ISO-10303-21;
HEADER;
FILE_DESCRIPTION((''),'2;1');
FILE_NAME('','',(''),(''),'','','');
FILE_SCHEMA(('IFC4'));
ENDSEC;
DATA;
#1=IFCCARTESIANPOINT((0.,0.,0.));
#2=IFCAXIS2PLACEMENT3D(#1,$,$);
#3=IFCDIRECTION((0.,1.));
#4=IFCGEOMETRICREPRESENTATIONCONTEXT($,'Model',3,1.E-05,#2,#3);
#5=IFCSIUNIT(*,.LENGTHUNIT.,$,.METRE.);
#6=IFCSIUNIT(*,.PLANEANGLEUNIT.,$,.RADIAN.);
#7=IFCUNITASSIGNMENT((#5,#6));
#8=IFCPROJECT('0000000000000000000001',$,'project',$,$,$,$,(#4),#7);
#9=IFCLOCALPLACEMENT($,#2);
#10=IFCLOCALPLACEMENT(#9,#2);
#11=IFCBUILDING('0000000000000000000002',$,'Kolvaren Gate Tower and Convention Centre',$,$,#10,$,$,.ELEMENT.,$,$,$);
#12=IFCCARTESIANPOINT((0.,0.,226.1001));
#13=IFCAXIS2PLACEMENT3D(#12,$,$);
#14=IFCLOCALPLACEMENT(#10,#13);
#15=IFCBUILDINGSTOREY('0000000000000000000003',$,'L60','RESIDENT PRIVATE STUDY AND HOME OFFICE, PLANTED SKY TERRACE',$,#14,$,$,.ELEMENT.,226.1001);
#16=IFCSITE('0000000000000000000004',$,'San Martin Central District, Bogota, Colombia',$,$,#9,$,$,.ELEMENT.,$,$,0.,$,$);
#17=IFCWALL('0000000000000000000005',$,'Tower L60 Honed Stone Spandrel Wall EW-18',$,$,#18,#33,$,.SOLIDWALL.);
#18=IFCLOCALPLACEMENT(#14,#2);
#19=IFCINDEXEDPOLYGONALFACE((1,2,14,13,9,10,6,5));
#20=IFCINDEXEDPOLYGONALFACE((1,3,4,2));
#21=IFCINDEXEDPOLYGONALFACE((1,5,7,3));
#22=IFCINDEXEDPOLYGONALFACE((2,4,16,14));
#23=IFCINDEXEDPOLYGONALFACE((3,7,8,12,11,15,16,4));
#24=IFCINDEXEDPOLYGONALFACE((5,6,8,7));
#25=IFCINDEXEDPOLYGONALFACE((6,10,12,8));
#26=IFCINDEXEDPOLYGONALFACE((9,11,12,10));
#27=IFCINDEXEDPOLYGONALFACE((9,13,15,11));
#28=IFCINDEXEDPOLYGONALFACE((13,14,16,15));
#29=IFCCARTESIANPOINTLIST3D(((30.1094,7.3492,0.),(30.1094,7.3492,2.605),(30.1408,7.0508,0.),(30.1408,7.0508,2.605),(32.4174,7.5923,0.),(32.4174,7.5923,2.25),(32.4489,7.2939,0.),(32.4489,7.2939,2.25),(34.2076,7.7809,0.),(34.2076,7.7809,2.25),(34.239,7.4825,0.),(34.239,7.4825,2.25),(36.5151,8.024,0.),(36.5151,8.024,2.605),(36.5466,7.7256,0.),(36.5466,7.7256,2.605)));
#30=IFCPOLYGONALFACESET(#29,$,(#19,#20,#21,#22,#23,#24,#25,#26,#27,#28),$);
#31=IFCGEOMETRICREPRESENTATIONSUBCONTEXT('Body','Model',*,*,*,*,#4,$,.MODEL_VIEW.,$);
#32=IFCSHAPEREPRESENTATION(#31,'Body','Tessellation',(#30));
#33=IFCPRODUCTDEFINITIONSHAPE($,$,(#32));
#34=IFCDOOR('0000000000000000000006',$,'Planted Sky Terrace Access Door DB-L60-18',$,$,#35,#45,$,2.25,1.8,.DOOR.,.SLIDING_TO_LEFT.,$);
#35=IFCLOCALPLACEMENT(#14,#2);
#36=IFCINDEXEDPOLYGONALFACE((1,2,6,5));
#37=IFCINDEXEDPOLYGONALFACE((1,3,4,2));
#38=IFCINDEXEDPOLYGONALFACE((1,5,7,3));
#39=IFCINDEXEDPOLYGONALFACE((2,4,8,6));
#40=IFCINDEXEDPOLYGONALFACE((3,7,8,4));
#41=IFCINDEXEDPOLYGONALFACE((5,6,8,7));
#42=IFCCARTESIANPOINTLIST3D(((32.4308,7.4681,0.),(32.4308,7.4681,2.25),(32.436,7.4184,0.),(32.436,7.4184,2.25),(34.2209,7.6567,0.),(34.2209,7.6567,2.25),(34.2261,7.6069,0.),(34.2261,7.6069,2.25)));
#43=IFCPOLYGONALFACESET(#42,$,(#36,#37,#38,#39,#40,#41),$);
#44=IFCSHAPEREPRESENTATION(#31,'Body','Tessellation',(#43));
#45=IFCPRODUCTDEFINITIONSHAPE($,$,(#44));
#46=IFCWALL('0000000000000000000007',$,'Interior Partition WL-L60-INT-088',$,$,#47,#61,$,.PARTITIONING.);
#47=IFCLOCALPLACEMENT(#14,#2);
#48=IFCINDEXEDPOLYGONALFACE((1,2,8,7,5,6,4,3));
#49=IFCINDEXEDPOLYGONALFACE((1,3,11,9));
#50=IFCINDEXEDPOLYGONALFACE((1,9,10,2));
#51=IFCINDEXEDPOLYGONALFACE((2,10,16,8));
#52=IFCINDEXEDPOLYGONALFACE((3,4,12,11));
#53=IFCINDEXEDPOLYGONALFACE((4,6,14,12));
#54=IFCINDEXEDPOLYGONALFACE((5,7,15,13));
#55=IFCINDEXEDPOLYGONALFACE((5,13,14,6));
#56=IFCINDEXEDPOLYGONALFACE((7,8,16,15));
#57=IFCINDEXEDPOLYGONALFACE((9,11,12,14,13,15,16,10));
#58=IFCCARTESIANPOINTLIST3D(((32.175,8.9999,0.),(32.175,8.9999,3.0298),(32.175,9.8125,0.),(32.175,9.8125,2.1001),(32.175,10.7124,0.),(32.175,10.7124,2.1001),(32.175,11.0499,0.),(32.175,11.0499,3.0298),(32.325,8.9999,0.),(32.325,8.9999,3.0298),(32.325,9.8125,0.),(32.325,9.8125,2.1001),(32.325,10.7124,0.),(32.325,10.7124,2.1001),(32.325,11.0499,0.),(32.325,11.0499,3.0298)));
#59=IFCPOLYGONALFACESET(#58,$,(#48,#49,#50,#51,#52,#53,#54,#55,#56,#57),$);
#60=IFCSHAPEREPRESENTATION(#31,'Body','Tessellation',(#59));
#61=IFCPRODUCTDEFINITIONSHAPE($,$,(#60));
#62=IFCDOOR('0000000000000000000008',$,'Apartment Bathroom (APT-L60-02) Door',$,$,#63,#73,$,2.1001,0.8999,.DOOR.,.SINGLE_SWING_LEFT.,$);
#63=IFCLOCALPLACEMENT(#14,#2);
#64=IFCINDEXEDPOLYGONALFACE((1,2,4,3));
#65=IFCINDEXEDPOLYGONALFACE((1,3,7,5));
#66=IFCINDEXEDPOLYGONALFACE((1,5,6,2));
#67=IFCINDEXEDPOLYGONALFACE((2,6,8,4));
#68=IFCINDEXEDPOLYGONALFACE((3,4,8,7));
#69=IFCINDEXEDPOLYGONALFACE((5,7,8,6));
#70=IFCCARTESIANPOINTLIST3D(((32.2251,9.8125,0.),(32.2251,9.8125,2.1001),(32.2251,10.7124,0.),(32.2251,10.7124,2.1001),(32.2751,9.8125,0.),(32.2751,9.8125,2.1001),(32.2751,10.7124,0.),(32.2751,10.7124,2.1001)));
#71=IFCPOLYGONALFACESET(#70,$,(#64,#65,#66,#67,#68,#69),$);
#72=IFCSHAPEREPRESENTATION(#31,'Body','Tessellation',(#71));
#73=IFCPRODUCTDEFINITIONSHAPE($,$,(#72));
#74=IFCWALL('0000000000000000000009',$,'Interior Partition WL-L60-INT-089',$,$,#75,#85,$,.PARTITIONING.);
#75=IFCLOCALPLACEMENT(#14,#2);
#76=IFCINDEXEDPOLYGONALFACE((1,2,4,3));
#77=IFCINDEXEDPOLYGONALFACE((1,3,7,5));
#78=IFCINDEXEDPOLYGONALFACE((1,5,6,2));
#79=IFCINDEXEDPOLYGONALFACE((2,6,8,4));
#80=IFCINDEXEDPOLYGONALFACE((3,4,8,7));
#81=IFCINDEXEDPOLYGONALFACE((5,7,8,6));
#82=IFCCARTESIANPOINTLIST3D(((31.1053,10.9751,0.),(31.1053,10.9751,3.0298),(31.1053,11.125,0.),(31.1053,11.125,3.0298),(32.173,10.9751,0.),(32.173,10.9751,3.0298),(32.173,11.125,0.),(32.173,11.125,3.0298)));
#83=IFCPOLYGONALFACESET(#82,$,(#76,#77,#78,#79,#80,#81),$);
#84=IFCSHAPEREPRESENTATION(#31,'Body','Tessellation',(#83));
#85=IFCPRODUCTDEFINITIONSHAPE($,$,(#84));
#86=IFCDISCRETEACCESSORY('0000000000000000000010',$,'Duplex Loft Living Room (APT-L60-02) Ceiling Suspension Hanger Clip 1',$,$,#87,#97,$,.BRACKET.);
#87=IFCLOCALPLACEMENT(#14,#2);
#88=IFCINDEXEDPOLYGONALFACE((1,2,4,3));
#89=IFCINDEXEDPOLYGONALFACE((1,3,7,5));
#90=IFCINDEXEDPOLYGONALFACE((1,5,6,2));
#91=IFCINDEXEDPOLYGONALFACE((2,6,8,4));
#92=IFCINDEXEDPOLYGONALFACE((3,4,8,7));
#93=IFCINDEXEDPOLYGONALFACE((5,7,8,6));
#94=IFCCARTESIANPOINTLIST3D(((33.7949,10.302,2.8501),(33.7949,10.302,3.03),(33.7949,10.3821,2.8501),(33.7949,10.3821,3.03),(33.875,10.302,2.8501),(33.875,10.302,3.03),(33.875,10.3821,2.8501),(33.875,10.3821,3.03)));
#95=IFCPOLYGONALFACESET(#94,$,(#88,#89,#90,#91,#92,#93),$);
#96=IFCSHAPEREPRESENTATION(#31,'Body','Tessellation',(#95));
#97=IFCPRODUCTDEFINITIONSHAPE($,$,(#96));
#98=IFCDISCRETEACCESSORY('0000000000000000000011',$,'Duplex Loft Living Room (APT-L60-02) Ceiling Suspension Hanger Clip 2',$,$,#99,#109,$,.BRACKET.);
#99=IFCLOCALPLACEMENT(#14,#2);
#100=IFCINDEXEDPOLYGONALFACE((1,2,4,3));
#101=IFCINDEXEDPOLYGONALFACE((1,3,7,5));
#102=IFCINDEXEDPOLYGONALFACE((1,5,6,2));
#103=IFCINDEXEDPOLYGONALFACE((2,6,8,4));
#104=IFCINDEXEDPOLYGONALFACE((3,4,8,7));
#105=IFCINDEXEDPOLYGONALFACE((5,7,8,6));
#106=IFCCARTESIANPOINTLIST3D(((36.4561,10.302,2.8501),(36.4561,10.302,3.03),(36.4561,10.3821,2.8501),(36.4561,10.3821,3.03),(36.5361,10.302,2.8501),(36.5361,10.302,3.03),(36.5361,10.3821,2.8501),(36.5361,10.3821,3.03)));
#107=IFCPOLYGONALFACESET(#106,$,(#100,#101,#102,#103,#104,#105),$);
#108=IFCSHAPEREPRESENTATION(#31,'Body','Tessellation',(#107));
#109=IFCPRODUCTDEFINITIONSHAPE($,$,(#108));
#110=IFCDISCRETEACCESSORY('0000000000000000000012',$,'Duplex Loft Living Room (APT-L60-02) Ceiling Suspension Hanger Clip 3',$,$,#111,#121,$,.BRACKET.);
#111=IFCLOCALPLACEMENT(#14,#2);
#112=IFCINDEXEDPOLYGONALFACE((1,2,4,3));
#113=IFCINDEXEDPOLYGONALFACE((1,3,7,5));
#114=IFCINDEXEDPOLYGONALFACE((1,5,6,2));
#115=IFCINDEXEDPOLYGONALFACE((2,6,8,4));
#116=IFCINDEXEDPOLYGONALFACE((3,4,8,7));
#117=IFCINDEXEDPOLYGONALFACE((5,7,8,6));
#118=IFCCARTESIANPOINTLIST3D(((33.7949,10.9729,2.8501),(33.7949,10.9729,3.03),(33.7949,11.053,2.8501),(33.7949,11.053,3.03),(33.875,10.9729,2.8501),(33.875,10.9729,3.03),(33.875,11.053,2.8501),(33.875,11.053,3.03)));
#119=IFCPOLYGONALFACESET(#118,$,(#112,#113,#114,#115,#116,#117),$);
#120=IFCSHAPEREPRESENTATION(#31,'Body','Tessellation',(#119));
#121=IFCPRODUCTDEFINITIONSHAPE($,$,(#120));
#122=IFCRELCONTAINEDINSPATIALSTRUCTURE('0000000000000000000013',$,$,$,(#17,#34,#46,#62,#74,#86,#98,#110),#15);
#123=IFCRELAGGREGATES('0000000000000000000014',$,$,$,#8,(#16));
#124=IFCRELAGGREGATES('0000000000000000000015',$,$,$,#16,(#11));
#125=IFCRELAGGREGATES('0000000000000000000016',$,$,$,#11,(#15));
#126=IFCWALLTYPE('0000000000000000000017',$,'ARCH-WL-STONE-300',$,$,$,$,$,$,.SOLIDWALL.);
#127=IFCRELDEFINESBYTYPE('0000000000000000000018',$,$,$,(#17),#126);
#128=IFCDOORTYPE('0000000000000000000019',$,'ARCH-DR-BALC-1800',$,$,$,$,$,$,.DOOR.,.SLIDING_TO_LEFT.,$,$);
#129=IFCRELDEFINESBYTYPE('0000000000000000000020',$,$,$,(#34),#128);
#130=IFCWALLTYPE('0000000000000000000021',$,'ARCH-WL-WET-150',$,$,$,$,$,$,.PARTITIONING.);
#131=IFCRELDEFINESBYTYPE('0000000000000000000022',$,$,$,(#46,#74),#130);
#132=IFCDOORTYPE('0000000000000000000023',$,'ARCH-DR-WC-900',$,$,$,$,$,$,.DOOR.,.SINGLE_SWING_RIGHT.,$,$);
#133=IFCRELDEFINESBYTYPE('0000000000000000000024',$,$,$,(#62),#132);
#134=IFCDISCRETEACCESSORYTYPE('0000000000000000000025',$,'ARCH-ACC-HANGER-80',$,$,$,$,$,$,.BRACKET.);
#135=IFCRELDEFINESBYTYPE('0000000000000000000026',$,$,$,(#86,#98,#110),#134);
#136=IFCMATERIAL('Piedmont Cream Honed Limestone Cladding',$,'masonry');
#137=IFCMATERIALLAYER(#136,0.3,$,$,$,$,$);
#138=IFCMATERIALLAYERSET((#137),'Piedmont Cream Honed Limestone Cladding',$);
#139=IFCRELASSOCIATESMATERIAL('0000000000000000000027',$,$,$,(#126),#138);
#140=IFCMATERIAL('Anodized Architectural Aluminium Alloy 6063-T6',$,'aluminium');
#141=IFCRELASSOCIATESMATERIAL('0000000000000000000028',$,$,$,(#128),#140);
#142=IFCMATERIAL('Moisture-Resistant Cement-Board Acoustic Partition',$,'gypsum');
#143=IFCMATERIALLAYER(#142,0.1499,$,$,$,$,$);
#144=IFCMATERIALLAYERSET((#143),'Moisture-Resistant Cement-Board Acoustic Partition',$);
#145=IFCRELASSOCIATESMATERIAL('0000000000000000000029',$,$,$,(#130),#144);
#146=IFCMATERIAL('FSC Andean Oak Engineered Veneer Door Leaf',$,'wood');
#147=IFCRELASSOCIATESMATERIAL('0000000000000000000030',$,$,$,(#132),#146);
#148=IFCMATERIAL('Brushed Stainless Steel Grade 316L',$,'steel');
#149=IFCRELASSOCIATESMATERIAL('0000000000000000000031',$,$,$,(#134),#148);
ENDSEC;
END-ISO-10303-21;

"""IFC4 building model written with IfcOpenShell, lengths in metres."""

from ifc_helpers import new_model, si_unit, direction, frame, frame_2d, origin, origin_2d, place, context, subcontext, project, spatial, rectangle, extrude, material, layer, layer_set, type_object, element, fill, save


model = new_model("IFC4")

# Units and contexts
model_context = context("Model", 3, precision=1e-05, world=origin(), true_north=direction((0.0, 1.0)))
body_context = subcontext(model_context, "Body", "Model", "MODEL_VIEW")
ifc_project = project(units=[si_unit("LENGTHUNIT", "METRE"), si_unit("PLANEANGLEUNIT", "RADIAN")], contexts=[model_context])

# Site, building, storey
site_placement = place(None, origin())
site = spatial("IfcSite", under=ifc_project, at=site_placement, Name="San Martin Central District, Bogota, Colombia", CompositionType="ELEMENT", RefElevation=0.0)
building_placement = place(site_placement, origin())
building = spatial("IfcBuilding", under=site, at=building_placement, Name="Kolvaren Gate Tower and Convention Centre", CompositionType="ELEMENT")
storey_placement = place(building_placement, frame((0.0, 0.0, 226.1001)))
storey = spatial("IfcBuildingStorey", under=building, at=storey_placement, Name="L60", Description="RESIDENT PRIVATE STUDY AND HOME OFFICE, PLANTED SKY TERRACE", CompositionType="ELEMENT", Elevation=226.1001)

# Walls, openings, doors
ifc_material_1 = material(Name="FSC Andean Oak Engineered Veneer Door Leaf", Category="wood")
ifc_material_2 = material(Name="Piedmont Cream Honed Limestone Cladding", Category="masonry")
ifc_layer_1 = layer(ifc_material_2, 0.3)
ifc_layer_set_1 = layer_set([ifc_layer_1], Name="Piedmont Cream Honed Limestone Cladding")
wall_type_1 = type_object("IfcWallType", Name="ARCH-WL-STONE-300", PredefinedType="SOLIDWALL", material=ifc_layer_set_1)
wall_1_placement = place(storey_placement, frame((30.125, 7.2, 0.0), z_axis=(0.0, 0.0, 1.0), x_axis=(0.994497, 0.104764, 0.0)))
wall_1 = element("IfcWall", 1, at=wall_1_placement, inside=storey, type_object=wall_type_1, Name="Tower L60 Honed Stone Spandrel Wall EW-18", PredefinedType="SOLIDWALL", context=body_context, shape_type="SweptSolid", body=[
    extrude(rectangle(XDim=6.4412, YDim=0.3, at=frame_2d((3.2207, 0.0))), origin(), (0.0, 0.0, 1.0), 2.605),
])
opening_1_placement = place(wall_1_placement, frame((2.321, 0.0, 0.0)))
opening_1 = element("IfcOpeningElement", 2, at=opening_1_placement, cuts=wall_1, PredefinedType="OPENING", context=body_context, shape_type="SweptSolid", body=[
    extrude(rectangle(XDim=1.8, YDim=2.25, at=frame_2d((0.8999, 1.125))), frame((0.0, 0.1599, 0.0), z_axis=(0.0, -1.0, 0.0), x_axis=(1.0, 0.0, 0.0)), (0.0, 0.0, 1.0), 0.3201),
])
ifc_material_3 = material(Name="Anodized Architectural Aluminium Alloy 6063-T6", Category="aluminium")
door_type_1 = type_object("IfcDoorType", Name="ARCH-DR-BALC-1800", OperationType="SLIDING_TO_LEFT", PredefinedType="DOOR", material=ifc_material_3)
door_1_placement = place(opening_1_placement, frame((1.8, 0.0, 0.0), z_axis=(0.0, 0.0, 1.0), x_axis=(-1.0, 0.0, 0.0)))
door_1 = element("IfcDoor", 3, at=door_1_placement, inside=storey, type_object=door_type_1, Name="Planted Sky Terrace Access Door DB-L60-18", OperationType="SLIDING_TO_LEFT", OverallHeight=2.25, OverallWidth=1.8, PredefinedType="DOOR", context=body_context, shape_type="SweptSolid", body=[
    extrude(rectangle(XDim=1.8, YDim=2.25, at=frame_2d((0.8999, 1.125))), frame((0.0, 0.0249, 0.0), z_axis=(0.0, -1.0, 0.0), x_axis=(1.0, 0.0, 0.0)), (0.0, 0.0, 1.0), 0.05),
])
fill(opening_1, door_1)
ifc_material_4 = material(Name="Moisture-Resistant Cement-Board Acoustic Partition", Category="gypsum")
ifc_layer_2 = layer(ifc_material_4, 0.1499)
ifc_layer_set_2 = layer_set([ifc_layer_2], Name="Moisture-Resistant Cement-Board Acoustic Partition")
wall_type_2 = type_object("IfcWallType", Name="ARCH-WL-WET-150", PredefinedType="PARTITIONING", material=ifc_layer_set_2)
wall_2_placement = place(storey_placement, frame((32.25, 9.0, 0.0), z_axis=(0.0, 0.0, 1.0), x_axis=(0.0, 1.0, 0.0)))
wall_2 = element("IfcWall", 4, at=wall_2_placement, inside=storey, type_object=wall_type_2, Name="Interior Partition WL-L60-INT-088", PredefinedType="PARTITIONING", context=body_context, shape_type="SweptSolid", body=[
    extrude(rectangle(XDim=2.05, YDim=0.1499, at=frame_2d((1.0249, 0.0))), origin(), (0.0, 0.0, 1.0), 3.0298),
])
opening_2_placement = place(wall_2_placement, frame((0.8125, 0.0, 0.0)))
opening_2 = element("IfcOpeningElement", 5, at=opening_2_placement, cuts=wall_2, PredefinedType="OPENING", context=body_context, shape_type="SweptSolid", body=[
    extrude(rectangle(XDim=0.8999, YDim=2.1001, at=frame_2d((0.45, 1.05))), frame((0.0, 0.085, 0.0), z_axis=(0.0, -1.0, 0.0), x_axis=(1.0, 0.0, 0.0)), (0.0, 0.0, 1.0), 0.1699),
])
door_type_2 = type_object("IfcDoorType", Name="ARCH-DR-WC-900", OperationType="SINGLE_SWING_RIGHT", PredefinedType="DOOR", material=ifc_material_1)
door_2_placement = place(opening_2_placement, origin())
door_2 = element("IfcDoor", 6, at=door_2_placement, inside=storey, type_object=door_type_2, Name="Apartment Bathroom (APT-L60-02) Door", OperationType="SINGLE_SWING_LEFT", OverallHeight=2.1001, OverallWidth=0.8999, PredefinedType="DOOR", context=body_context, shape_type="SweptSolid", body=[
    extrude(rectangle(XDim=0.8999, YDim=2.1001, at=frame_2d((0.45, 1.05))), frame((0.0, 0.0249, 0.0), z_axis=(0.0, -1.0, 0.0), x_axis=(1.0, 0.0, 0.0)), (0.0, 0.0, 1.0), 0.05),
])
fill(opening_2, door_2)

# Wall
wall_3_placement = place(storey_placement, frame((31.1055, 11.05, 0.0), z_axis=(0.0, 0.0, 1.0), x_axis=(1.0, 0.0, 0.0)))
element("IfcWall", 7, at=wall_3_placement, inside=storey, type_object=wall_type_2, Name="Interior Partition WL-L60-INT-089", PredefinedType="PARTITIONING", context=body_context, shape_type="SweptSolid", body=[
    extrude(rectangle(XDim=1.0676, YDim=0.1499, at=frame_2d((0.5337, 0.0))), origin(), (0.0, 0.0, 1.0), 3.0298),
])

# Discrete accessories
ifc_material_5 = material(Name="Brushed Stainless Steel Grade 316L", Category="steel")
discrete_accessory_type = type_object("IfcDiscreteAccessoryType", Name="ARCH-ACC-HANGER-80", PredefinedType="BRACKET", material=ifc_material_5)
for number, where, z_axis, x_axis, name in (
    (8, (33.835, 10.342, 2.8501), (0.0, 0.0, 1.0), (1.0, 0.0, 0.0), "Duplex Loft Living Room (APT-L60-02) Ceiling Suspension Hanger Clip 1"),
    (9, (36.4961, 10.342, 2.8501), (0.0, 0.0, 1.0), (1.0, 0.0, 0.0), "Duplex Loft Living Room (APT-L60-02) Ceiling Suspension Hanger Clip 2"),
    (10, (33.835, 11.0129, 2.8501), (0.0, 0.0, 1.0), (1.0, 0.0, 0.0), "Duplex Loft Living Room (APT-L60-02) Ceiling Suspension Hanger Clip 3"),
):
    element("IfcDiscreteAccessory", number, at=place(storey_placement, frame(where, z_axis=z_axis, x_axis=x_axis)), inside=storey, type_object=discrete_accessory_type, Name=name, PredefinedType="BRACKET", context=body_context, shape_type="SweptSolid", body=[
        extrude(rectangle(XDim=0.0801, YDim=0.0801, at=origin_2d()), origin(), (0.0, 0.0, 1.0), 0.1799),
    ])

save(model, "model.ifc")
